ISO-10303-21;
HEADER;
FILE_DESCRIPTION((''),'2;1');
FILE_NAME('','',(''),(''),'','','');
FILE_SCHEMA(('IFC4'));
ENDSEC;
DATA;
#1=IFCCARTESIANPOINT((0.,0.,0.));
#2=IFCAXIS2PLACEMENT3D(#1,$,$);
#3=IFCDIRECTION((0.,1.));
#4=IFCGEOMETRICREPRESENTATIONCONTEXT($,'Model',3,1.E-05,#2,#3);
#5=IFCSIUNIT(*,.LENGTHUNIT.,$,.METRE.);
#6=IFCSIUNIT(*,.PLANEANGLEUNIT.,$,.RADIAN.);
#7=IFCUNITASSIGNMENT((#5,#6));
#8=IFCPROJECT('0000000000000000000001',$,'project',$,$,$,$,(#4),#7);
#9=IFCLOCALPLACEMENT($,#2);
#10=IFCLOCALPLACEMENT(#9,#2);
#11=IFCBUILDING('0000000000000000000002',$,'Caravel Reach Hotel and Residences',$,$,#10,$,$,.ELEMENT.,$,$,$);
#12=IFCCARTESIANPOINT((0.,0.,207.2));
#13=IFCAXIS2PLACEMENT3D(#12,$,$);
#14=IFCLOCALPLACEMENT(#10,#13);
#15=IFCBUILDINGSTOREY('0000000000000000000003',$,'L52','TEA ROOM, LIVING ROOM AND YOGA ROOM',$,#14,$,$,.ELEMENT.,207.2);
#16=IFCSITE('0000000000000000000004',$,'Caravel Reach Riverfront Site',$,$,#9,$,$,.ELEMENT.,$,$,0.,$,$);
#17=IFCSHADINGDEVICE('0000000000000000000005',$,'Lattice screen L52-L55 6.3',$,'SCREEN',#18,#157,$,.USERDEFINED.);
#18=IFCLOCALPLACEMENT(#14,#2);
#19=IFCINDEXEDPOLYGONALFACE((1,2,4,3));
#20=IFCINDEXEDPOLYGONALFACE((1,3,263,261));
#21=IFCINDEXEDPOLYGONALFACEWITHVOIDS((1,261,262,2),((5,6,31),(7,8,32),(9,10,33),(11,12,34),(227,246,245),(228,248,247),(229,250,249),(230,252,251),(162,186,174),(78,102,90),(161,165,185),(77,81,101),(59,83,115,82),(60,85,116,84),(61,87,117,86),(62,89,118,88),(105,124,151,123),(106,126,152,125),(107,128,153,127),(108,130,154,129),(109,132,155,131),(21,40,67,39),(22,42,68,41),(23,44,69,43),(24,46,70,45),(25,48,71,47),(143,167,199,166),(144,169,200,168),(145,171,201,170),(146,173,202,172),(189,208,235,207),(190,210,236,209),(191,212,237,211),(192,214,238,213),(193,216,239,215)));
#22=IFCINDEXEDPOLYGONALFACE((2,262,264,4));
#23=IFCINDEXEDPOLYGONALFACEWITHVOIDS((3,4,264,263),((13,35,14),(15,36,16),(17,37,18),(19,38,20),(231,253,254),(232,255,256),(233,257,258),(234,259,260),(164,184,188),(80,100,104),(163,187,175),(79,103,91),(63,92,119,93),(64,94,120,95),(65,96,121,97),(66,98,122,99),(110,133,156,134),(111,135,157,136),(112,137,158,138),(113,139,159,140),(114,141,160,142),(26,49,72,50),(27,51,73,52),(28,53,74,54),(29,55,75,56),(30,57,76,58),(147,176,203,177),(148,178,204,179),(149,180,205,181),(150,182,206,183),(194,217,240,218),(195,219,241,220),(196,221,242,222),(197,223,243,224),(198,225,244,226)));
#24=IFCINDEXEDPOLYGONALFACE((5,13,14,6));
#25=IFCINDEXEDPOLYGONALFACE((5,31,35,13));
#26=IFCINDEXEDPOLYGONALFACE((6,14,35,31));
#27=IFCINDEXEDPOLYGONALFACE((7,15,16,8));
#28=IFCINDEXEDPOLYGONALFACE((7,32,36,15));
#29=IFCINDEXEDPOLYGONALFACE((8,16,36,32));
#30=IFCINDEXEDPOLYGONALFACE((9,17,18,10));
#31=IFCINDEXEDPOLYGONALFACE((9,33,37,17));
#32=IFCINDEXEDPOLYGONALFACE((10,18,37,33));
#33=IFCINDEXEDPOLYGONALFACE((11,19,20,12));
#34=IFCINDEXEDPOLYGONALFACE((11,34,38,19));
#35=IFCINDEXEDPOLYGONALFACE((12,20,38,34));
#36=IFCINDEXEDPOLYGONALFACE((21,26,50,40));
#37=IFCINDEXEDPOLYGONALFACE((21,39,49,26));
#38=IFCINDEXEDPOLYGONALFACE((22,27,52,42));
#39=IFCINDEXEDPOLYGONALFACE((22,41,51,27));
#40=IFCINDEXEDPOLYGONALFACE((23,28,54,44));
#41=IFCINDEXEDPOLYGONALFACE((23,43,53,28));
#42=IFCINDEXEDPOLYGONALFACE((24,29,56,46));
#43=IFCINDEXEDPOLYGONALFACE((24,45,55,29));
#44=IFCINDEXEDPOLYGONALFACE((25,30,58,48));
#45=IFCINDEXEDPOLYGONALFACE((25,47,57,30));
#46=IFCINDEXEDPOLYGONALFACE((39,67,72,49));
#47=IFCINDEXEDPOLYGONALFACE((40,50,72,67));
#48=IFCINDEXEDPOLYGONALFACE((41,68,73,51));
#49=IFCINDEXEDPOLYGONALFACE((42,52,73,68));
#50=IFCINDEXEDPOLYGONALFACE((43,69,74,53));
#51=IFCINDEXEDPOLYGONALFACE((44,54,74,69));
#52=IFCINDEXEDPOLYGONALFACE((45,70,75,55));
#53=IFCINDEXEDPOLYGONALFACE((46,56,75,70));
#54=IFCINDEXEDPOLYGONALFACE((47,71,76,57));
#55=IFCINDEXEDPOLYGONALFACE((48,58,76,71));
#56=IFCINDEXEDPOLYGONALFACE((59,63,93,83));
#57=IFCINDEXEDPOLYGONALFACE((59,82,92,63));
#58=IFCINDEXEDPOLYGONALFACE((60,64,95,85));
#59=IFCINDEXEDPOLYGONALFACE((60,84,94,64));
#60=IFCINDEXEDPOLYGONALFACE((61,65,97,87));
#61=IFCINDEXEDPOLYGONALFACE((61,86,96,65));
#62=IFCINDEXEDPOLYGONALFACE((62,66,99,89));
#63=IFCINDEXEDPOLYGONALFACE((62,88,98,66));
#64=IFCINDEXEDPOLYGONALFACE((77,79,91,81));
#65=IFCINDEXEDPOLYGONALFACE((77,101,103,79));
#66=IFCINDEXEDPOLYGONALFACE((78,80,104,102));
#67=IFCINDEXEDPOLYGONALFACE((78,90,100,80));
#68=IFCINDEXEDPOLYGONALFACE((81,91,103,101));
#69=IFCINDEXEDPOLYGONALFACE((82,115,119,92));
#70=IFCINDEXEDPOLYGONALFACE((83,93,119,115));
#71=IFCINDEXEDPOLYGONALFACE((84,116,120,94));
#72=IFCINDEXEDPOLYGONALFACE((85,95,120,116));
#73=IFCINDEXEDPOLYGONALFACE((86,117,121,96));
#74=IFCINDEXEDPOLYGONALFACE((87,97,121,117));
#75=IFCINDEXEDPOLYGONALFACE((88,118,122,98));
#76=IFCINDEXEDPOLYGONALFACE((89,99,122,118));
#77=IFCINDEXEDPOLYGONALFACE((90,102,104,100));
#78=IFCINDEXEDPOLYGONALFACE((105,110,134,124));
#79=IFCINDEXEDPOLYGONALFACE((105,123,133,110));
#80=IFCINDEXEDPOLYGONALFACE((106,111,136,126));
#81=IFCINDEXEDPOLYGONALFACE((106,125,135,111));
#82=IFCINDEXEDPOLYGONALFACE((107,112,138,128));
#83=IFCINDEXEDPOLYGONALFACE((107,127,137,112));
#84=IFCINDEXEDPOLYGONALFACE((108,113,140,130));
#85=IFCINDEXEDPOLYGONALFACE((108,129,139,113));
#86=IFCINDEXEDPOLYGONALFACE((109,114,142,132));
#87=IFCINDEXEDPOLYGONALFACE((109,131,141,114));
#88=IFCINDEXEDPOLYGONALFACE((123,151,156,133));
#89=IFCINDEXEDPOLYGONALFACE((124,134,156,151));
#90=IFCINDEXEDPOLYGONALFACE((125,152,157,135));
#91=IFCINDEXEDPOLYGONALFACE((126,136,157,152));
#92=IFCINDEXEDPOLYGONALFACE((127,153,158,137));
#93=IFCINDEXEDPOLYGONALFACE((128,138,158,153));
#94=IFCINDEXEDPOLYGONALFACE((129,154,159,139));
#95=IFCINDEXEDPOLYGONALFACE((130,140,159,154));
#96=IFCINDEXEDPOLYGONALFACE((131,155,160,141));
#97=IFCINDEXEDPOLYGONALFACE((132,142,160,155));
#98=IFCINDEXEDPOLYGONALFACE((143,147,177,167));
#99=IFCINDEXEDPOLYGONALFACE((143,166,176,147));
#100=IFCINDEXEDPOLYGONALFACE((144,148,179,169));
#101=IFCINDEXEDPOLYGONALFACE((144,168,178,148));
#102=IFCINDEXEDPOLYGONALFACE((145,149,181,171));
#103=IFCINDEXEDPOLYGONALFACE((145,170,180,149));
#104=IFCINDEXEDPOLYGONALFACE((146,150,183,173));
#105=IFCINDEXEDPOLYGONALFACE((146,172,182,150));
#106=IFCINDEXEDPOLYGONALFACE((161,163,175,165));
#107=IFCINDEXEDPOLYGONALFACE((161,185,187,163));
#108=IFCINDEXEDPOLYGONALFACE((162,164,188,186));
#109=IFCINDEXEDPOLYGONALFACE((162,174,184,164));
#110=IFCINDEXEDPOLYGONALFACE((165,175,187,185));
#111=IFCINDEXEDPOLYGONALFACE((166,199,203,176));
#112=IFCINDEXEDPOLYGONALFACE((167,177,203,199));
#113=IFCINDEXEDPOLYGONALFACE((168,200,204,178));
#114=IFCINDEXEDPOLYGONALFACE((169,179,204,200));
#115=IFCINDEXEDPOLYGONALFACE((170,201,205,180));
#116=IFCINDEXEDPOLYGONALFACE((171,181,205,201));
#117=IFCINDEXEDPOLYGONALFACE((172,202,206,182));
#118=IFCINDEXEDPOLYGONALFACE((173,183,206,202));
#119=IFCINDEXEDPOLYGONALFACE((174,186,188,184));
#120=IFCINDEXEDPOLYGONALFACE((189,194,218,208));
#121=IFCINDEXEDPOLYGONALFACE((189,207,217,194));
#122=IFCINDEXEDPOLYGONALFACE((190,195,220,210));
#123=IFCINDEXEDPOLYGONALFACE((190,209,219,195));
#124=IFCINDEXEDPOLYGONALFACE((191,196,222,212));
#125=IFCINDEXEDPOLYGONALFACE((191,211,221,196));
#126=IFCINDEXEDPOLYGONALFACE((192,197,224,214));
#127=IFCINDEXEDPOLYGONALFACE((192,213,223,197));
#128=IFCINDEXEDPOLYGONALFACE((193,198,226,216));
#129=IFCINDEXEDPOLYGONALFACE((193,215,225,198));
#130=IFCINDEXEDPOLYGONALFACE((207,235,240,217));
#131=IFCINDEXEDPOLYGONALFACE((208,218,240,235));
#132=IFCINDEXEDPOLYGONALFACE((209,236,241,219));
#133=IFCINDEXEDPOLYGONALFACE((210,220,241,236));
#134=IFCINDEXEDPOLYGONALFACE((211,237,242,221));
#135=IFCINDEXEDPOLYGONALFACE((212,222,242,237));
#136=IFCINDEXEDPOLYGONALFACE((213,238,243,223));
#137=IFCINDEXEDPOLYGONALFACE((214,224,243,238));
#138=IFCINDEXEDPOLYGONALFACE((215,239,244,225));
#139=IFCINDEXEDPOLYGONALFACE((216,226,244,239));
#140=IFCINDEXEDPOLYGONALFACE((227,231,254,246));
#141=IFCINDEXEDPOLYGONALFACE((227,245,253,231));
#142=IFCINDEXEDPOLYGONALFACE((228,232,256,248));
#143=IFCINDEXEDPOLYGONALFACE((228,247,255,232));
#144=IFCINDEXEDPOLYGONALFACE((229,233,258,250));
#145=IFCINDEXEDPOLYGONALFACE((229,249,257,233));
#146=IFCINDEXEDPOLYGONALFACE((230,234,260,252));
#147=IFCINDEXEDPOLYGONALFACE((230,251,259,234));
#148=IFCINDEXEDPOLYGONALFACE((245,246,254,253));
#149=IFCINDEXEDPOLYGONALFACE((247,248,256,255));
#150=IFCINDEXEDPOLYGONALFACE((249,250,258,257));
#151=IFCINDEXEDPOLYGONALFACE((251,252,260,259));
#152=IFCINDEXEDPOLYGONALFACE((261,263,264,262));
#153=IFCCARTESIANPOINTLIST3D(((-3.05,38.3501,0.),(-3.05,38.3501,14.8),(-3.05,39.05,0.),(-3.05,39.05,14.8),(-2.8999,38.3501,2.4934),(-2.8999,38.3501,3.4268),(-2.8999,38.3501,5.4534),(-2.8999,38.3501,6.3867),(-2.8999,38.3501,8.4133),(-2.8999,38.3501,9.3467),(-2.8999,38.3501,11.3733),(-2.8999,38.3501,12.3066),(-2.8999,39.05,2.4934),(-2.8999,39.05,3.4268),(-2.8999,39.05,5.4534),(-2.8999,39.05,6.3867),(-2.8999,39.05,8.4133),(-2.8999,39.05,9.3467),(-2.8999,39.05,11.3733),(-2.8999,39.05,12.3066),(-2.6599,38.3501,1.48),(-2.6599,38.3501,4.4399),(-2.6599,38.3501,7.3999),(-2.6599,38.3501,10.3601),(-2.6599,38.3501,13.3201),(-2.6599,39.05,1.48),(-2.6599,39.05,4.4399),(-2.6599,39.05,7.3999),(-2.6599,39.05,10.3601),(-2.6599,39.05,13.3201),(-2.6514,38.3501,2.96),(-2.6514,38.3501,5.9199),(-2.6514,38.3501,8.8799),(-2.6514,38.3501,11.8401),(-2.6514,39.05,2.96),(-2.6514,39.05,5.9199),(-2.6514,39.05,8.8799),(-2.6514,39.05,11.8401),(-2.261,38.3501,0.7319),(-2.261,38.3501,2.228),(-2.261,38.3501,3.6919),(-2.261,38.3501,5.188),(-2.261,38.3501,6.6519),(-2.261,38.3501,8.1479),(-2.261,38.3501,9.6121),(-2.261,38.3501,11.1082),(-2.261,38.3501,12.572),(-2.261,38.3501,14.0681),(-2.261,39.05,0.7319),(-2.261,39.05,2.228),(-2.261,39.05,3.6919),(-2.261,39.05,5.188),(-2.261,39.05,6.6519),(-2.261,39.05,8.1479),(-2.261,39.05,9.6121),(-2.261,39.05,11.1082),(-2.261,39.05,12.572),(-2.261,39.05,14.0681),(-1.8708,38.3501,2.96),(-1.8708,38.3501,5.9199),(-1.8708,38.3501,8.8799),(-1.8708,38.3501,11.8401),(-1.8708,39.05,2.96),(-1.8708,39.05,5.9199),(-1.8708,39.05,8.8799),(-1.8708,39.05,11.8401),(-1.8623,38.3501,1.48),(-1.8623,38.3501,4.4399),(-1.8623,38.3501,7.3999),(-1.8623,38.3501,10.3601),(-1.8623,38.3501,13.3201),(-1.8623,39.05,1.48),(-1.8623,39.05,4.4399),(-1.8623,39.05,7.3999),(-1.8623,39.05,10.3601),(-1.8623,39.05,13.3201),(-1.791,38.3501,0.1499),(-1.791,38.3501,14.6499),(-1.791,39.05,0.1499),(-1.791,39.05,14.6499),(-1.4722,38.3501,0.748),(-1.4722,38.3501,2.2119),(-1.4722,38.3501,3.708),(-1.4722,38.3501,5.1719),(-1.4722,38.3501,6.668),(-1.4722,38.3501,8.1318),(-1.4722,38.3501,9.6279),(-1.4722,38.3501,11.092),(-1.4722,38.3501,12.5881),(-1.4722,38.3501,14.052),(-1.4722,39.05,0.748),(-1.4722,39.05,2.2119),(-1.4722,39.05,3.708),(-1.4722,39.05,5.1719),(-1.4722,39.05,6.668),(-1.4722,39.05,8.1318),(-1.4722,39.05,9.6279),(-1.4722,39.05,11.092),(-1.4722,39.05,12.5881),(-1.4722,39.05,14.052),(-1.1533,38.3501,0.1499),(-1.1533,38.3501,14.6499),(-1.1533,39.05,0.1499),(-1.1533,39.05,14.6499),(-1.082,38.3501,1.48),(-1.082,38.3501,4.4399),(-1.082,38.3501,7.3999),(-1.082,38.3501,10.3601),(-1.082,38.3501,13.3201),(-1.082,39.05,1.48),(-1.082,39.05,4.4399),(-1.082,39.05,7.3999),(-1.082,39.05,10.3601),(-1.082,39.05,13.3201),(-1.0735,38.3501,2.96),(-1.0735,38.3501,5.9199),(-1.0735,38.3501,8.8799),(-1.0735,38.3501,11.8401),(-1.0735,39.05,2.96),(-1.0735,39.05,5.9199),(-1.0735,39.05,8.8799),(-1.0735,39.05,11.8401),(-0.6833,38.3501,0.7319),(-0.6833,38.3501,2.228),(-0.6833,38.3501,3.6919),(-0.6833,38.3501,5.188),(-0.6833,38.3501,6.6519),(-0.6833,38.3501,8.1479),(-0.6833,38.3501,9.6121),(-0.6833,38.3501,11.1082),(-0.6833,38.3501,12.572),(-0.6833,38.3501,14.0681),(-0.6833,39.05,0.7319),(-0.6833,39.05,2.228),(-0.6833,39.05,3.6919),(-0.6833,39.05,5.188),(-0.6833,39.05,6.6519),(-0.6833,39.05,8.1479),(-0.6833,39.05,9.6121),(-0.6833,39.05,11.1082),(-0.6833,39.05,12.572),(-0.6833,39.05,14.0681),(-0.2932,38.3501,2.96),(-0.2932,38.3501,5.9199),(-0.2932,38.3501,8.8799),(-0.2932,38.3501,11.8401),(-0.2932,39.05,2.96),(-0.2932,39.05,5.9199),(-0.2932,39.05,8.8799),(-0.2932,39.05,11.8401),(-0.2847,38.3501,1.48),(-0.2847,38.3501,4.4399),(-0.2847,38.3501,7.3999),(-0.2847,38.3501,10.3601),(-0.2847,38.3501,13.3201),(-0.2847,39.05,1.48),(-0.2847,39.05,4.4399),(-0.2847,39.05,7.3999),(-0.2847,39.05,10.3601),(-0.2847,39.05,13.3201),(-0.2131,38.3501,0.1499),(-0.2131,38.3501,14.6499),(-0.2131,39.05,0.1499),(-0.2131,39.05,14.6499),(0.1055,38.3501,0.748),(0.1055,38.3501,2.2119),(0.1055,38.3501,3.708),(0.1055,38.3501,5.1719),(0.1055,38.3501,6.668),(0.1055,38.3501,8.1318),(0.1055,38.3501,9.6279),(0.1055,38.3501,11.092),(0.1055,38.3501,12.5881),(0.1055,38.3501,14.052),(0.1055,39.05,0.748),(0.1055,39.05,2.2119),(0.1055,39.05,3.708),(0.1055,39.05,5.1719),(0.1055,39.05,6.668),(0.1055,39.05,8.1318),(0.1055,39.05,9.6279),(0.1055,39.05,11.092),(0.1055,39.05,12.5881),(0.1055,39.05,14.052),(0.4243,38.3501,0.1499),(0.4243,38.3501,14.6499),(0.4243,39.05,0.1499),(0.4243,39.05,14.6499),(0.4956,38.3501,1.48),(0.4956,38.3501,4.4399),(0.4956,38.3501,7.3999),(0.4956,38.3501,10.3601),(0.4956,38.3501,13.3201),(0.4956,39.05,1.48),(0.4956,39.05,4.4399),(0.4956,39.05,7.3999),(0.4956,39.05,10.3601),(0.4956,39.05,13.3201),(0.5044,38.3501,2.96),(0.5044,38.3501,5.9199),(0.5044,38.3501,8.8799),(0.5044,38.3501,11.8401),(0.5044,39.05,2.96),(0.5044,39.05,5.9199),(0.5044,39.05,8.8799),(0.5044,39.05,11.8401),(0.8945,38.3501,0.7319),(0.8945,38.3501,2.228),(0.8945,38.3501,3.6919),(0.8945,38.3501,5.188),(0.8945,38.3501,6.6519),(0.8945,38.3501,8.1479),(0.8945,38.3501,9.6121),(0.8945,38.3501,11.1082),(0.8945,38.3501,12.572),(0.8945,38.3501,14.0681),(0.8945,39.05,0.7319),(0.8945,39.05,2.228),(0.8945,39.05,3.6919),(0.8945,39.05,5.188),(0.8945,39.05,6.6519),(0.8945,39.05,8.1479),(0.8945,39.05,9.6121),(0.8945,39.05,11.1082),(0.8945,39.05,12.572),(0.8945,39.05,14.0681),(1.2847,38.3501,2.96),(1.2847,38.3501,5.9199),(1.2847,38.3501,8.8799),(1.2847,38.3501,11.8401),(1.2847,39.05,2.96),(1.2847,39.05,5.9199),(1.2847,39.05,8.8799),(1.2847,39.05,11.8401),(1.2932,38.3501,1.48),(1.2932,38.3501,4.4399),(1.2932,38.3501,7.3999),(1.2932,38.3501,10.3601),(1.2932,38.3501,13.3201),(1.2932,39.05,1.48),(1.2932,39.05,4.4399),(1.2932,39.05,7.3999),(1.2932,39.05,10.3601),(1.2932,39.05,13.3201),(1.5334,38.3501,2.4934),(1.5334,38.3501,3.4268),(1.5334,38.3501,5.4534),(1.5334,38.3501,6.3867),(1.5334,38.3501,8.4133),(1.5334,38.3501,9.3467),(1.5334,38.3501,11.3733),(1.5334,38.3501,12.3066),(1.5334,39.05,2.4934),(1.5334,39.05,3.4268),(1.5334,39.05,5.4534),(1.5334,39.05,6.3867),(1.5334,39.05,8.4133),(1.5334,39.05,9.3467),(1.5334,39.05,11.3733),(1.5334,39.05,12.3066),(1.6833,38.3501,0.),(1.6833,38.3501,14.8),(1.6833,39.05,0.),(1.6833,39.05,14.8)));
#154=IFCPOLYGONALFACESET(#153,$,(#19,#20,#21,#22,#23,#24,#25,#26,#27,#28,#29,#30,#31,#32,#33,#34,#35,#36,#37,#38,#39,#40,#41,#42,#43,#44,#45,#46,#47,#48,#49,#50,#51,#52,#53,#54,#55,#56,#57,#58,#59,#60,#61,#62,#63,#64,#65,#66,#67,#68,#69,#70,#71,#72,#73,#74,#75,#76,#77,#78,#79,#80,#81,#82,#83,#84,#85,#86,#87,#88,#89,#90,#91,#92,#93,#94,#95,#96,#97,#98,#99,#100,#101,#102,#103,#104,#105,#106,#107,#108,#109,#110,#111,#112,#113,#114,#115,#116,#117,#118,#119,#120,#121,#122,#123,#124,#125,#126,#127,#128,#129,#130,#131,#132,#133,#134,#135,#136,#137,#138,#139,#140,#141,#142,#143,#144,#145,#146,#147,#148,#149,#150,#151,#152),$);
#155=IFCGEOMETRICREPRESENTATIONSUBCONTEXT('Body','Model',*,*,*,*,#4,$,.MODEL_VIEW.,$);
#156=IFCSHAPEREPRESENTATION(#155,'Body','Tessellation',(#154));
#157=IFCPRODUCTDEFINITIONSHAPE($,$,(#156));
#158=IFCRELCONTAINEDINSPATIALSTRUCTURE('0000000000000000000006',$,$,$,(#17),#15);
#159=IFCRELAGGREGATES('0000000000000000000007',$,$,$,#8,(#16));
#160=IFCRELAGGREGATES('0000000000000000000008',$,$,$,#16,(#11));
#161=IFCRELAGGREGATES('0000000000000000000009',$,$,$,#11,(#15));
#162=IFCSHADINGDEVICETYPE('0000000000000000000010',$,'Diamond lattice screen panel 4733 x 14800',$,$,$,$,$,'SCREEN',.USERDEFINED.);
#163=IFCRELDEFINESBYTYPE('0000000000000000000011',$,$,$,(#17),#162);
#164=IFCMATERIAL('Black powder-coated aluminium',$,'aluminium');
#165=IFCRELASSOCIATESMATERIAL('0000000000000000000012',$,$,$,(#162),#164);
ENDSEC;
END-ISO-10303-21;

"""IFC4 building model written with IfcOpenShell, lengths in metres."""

from ifc_helpers import new_model, si_unit, direction, frame, origin, place, context, subcontext, project, spatial, polyline, outline, extrude, material, type_object, element, save


model = new_model("IFC4")

# Units and contexts
model_context = context("Model", 3, precision=1e-05, world=origin(), true_north=direction((0.0, 1.0)))
body_context = subcontext(model_context, "Body", "Model", "MODEL_VIEW")
ifc_project = project(units=[si_unit("LENGTHUNIT", "METRE"), si_unit("PLANEANGLEUNIT", "RADIAN")], contexts=[model_context])

# Site, building, storey
site_placement = place(None, origin())
site = spatial("IfcSite", under=ifc_project, at=site_placement, Name="Caravel Reach Riverfront Site", CompositionType="ELEMENT", RefElevation=0.0)
building_placement = place(site_placement, origin())
building = spatial("IfcBuilding", under=site, at=building_placement, Name="Caravel Reach Hotel and Residences", CompositionType="ELEMENT")
storey_placement = place(building_placement, frame((0.0, 0.0, 207.2)))
storey = spatial("IfcBuildingStorey", under=building, at=storey_placement, Name="L52", Description="TEA ROOM, LIVING ROOM AND YOGA ROOM", CompositionType="ELEMENT", Elevation=207.2)

# Shading device
ifc_material_1 = material(Name="Black powder-coated aluminium", Category="aluminium")
shading_device_type_1 = type_object("IfcShadingDeviceType", Name="Diamond lattice screen panel 4733 x 14800", ElementType="SCREEN", PredefinedType="USERDEFINED", material=ifc_material_1)
shading_device_1_placement = place(storey_placement, frame((1.6833, 38.3501, 0.0), z_axis=(0.0, 1.0, 0.0), x_axis=(-1.0, 0.0, 0.0)))
element("IfcShadingDevice", 1, at=shading_device_1_placement, inside=storey, type_object=shading_device_type_1, Name="Lattice screen L52-L55 6.3", ObjectType="SCREEN", PredefinedType="USERDEFINED", context=body_context, shape_type="SweptSolid", body=[
    extrude(outline(polyline([(0.0, 0.0), (4.7334, 0.0), (4.7334, 14.8), (0.0, 14.8), (0.0, 0.0)]), holes=[polyline([(0.3987, 2.96), (0.1499, 3.4268), (0.1499, 2.4934), (0.3987, 2.96)]), polyline([(0.3987, 5.9199), (0.1499, 6.3867), (0.1499, 5.4534), (0.3987, 5.9199)]), polyline([(0.3987, 8.8799), (0.1499, 9.3467), (0.1499, 8.4133), (0.3987, 8.8799)]), polyline([(0.3987, 11.8401), (0.1499, 12.3066), (0.1499, 11.3733), (0.3987, 11.8401)]), polyline([(0.7888, 2.228), (0.3901, 1.48), (0.7888, 0.7319), (1.1877, 1.48), (0.7888, 2.228)]), polyline([(0.7888, 5.188), (0.3901, 4.4399), (0.7888, 3.6919), (1.1877, 4.4399), (0.7888, 5.188)]), polyline([(0.7888, 8.1479), (0.3901, 7.3999), (0.7888, 6.6519), (1.1877, 7.3999), (0.7888, 8.1479)]), polyline([(0.7888, 11.1082), (0.3901, 10.3601), (0.7888, 9.6121), (1.1877, 10.3601), (0.7888, 11.1082)]), polyline([(0.7888, 14.0681), (0.3901, 13.3201), (0.7888, 12.572), (1.1877, 13.3201), (0.7888, 14.0681)]), polyline([(1.5779, 0.748), (1.259, 0.1499), (1.8965, 0.1499), (1.5779, 0.748)]), polyline([(1.5779, 3.708), (1.179, 2.96), (1.5779, 2.2119), (1.9766, 2.96), (1.5779, 3.708)]), polyline([(1.5779, 6.668), (1.179, 5.9199), (1.5779, 5.1719), (1.9766, 5.9199), (1.5779, 6.668)]), polyline([(1.5779, 9.6279), (1.179, 8.8799), (1.5779, 8.1318), (1.9766, 8.8799), (1.5779, 9.6279)]), polyline([(1.5779, 12.5881), (1.179, 11.8401), (1.5779, 11.092), (1.9766, 11.8401), (1.5779, 12.5881)]), polyline([(1.5779, 14.052), (1.8965, 14.6499), (1.259, 14.6499), (1.5779, 14.052)]), polyline([(2.3667, 2.228), (1.968, 1.48), (2.3667, 0.7319), (2.7654, 1.48), (2.3667, 2.228)]), polyline([(2.3667, 5.188), (1.968, 4.4399), (2.3667, 3.6919), (2.7654, 4.4399), (2.3667, 5.188)]), polyline([(2.3667, 8.1479), (1.968, 7.3999), (2.3667, 6.6519), (2.7654, 7.3999), (2.3667, 8.1479)]), polyline([(2.3667, 11.1082), (1.968, 10.3601), (2.3667, 9.6121), (2.7654, 10.3601), (2.3667, 11.1082)]), polyline([(2.3667, 14.0681), (1.968, 13.3201), (2.3667, 12.572), (2.7654, 13.3201), (2.3667, 14.0681)]), polyline([(3.1555, 0.748), (2.8367, 0.1499), (3.4744, 0.1499), (3.1555, 0.748)]), polyline([(3.1555, 3.708), (2.7568, 2.96), (3.1555, 2.2119), (3.5542, 2.96), (3.1555, 3.708)]), polyline([(3.1555, 6.668), (2.7568, 5.9199), (3.1555, 5.1719), (3.5542, 5.9199), (3.1555, 6.668)]), polyline([(3.1555, 9.6279), (2.7568, 8.8799), (3.1555, 8.1318), (3.5542, 8.8799), (3.1555, 9.6279)]), polyline([(3.1555, 12.5881), (2.7568, 11.8401), (3.1555, 11.092), (3.5542, 11.8401), (3.1555, 12.5881)]), polyline([(3.1555, 14.052), (3.4744, 14.6499), (2.8367, 14.6499), (3.1555, 14.052)]), polyline([(3.9443, 2.228), (3.5457, 1.48), (3.9443, 0.7319), (4.3433, 1.48), (3.9443, 2.228)]), polyline([(3.9443, 5.188), (3.5457, 4.4399), (3.9443, 3.6919), (4.3433, 4.4399), (3.9443, 5.188)]), polyline([(3.9443, 8.1479), (3.5457, 7.3999), (3.9443, 6.6519), (4.3433, 7.3999), (3.9443, 8.1479)]), polyline([(3.9443, 11.1082), (3.5457, 10.3601), (3.9443, 9.6121), (4.3433, 10.3601), (3.9443, 11.1082)]), polyline([(3.9443, 14.0681), (3.5457, 13.3201), (3.9443, 12.572), (4.3433, 13.3201), (3.9443, 14.0681)]), polyline([(4.3347, 2.96), (4.5833, 2.4934), (4.5833, 3.4268), (4.3347, 2.96)]), polyline([(4.3347, 5.9199), (4.5833, 5.4534), (4.5833, 6.3867), (4.3347, 5.9199)]), polyline([(4.3347, 8.8799), (4.5833, 8.4133), (4.5833, 9.3467), (4.3347, 8.8799)]), polyline([(4.3347, 11.8401), (4.5833, 11.3733), (4.5833, 12.3066), (4.3347, 11.8401)])]), origin(), (0.0, 0.0, 1.0), 0.7),
])

save(model, "model.ifc")
